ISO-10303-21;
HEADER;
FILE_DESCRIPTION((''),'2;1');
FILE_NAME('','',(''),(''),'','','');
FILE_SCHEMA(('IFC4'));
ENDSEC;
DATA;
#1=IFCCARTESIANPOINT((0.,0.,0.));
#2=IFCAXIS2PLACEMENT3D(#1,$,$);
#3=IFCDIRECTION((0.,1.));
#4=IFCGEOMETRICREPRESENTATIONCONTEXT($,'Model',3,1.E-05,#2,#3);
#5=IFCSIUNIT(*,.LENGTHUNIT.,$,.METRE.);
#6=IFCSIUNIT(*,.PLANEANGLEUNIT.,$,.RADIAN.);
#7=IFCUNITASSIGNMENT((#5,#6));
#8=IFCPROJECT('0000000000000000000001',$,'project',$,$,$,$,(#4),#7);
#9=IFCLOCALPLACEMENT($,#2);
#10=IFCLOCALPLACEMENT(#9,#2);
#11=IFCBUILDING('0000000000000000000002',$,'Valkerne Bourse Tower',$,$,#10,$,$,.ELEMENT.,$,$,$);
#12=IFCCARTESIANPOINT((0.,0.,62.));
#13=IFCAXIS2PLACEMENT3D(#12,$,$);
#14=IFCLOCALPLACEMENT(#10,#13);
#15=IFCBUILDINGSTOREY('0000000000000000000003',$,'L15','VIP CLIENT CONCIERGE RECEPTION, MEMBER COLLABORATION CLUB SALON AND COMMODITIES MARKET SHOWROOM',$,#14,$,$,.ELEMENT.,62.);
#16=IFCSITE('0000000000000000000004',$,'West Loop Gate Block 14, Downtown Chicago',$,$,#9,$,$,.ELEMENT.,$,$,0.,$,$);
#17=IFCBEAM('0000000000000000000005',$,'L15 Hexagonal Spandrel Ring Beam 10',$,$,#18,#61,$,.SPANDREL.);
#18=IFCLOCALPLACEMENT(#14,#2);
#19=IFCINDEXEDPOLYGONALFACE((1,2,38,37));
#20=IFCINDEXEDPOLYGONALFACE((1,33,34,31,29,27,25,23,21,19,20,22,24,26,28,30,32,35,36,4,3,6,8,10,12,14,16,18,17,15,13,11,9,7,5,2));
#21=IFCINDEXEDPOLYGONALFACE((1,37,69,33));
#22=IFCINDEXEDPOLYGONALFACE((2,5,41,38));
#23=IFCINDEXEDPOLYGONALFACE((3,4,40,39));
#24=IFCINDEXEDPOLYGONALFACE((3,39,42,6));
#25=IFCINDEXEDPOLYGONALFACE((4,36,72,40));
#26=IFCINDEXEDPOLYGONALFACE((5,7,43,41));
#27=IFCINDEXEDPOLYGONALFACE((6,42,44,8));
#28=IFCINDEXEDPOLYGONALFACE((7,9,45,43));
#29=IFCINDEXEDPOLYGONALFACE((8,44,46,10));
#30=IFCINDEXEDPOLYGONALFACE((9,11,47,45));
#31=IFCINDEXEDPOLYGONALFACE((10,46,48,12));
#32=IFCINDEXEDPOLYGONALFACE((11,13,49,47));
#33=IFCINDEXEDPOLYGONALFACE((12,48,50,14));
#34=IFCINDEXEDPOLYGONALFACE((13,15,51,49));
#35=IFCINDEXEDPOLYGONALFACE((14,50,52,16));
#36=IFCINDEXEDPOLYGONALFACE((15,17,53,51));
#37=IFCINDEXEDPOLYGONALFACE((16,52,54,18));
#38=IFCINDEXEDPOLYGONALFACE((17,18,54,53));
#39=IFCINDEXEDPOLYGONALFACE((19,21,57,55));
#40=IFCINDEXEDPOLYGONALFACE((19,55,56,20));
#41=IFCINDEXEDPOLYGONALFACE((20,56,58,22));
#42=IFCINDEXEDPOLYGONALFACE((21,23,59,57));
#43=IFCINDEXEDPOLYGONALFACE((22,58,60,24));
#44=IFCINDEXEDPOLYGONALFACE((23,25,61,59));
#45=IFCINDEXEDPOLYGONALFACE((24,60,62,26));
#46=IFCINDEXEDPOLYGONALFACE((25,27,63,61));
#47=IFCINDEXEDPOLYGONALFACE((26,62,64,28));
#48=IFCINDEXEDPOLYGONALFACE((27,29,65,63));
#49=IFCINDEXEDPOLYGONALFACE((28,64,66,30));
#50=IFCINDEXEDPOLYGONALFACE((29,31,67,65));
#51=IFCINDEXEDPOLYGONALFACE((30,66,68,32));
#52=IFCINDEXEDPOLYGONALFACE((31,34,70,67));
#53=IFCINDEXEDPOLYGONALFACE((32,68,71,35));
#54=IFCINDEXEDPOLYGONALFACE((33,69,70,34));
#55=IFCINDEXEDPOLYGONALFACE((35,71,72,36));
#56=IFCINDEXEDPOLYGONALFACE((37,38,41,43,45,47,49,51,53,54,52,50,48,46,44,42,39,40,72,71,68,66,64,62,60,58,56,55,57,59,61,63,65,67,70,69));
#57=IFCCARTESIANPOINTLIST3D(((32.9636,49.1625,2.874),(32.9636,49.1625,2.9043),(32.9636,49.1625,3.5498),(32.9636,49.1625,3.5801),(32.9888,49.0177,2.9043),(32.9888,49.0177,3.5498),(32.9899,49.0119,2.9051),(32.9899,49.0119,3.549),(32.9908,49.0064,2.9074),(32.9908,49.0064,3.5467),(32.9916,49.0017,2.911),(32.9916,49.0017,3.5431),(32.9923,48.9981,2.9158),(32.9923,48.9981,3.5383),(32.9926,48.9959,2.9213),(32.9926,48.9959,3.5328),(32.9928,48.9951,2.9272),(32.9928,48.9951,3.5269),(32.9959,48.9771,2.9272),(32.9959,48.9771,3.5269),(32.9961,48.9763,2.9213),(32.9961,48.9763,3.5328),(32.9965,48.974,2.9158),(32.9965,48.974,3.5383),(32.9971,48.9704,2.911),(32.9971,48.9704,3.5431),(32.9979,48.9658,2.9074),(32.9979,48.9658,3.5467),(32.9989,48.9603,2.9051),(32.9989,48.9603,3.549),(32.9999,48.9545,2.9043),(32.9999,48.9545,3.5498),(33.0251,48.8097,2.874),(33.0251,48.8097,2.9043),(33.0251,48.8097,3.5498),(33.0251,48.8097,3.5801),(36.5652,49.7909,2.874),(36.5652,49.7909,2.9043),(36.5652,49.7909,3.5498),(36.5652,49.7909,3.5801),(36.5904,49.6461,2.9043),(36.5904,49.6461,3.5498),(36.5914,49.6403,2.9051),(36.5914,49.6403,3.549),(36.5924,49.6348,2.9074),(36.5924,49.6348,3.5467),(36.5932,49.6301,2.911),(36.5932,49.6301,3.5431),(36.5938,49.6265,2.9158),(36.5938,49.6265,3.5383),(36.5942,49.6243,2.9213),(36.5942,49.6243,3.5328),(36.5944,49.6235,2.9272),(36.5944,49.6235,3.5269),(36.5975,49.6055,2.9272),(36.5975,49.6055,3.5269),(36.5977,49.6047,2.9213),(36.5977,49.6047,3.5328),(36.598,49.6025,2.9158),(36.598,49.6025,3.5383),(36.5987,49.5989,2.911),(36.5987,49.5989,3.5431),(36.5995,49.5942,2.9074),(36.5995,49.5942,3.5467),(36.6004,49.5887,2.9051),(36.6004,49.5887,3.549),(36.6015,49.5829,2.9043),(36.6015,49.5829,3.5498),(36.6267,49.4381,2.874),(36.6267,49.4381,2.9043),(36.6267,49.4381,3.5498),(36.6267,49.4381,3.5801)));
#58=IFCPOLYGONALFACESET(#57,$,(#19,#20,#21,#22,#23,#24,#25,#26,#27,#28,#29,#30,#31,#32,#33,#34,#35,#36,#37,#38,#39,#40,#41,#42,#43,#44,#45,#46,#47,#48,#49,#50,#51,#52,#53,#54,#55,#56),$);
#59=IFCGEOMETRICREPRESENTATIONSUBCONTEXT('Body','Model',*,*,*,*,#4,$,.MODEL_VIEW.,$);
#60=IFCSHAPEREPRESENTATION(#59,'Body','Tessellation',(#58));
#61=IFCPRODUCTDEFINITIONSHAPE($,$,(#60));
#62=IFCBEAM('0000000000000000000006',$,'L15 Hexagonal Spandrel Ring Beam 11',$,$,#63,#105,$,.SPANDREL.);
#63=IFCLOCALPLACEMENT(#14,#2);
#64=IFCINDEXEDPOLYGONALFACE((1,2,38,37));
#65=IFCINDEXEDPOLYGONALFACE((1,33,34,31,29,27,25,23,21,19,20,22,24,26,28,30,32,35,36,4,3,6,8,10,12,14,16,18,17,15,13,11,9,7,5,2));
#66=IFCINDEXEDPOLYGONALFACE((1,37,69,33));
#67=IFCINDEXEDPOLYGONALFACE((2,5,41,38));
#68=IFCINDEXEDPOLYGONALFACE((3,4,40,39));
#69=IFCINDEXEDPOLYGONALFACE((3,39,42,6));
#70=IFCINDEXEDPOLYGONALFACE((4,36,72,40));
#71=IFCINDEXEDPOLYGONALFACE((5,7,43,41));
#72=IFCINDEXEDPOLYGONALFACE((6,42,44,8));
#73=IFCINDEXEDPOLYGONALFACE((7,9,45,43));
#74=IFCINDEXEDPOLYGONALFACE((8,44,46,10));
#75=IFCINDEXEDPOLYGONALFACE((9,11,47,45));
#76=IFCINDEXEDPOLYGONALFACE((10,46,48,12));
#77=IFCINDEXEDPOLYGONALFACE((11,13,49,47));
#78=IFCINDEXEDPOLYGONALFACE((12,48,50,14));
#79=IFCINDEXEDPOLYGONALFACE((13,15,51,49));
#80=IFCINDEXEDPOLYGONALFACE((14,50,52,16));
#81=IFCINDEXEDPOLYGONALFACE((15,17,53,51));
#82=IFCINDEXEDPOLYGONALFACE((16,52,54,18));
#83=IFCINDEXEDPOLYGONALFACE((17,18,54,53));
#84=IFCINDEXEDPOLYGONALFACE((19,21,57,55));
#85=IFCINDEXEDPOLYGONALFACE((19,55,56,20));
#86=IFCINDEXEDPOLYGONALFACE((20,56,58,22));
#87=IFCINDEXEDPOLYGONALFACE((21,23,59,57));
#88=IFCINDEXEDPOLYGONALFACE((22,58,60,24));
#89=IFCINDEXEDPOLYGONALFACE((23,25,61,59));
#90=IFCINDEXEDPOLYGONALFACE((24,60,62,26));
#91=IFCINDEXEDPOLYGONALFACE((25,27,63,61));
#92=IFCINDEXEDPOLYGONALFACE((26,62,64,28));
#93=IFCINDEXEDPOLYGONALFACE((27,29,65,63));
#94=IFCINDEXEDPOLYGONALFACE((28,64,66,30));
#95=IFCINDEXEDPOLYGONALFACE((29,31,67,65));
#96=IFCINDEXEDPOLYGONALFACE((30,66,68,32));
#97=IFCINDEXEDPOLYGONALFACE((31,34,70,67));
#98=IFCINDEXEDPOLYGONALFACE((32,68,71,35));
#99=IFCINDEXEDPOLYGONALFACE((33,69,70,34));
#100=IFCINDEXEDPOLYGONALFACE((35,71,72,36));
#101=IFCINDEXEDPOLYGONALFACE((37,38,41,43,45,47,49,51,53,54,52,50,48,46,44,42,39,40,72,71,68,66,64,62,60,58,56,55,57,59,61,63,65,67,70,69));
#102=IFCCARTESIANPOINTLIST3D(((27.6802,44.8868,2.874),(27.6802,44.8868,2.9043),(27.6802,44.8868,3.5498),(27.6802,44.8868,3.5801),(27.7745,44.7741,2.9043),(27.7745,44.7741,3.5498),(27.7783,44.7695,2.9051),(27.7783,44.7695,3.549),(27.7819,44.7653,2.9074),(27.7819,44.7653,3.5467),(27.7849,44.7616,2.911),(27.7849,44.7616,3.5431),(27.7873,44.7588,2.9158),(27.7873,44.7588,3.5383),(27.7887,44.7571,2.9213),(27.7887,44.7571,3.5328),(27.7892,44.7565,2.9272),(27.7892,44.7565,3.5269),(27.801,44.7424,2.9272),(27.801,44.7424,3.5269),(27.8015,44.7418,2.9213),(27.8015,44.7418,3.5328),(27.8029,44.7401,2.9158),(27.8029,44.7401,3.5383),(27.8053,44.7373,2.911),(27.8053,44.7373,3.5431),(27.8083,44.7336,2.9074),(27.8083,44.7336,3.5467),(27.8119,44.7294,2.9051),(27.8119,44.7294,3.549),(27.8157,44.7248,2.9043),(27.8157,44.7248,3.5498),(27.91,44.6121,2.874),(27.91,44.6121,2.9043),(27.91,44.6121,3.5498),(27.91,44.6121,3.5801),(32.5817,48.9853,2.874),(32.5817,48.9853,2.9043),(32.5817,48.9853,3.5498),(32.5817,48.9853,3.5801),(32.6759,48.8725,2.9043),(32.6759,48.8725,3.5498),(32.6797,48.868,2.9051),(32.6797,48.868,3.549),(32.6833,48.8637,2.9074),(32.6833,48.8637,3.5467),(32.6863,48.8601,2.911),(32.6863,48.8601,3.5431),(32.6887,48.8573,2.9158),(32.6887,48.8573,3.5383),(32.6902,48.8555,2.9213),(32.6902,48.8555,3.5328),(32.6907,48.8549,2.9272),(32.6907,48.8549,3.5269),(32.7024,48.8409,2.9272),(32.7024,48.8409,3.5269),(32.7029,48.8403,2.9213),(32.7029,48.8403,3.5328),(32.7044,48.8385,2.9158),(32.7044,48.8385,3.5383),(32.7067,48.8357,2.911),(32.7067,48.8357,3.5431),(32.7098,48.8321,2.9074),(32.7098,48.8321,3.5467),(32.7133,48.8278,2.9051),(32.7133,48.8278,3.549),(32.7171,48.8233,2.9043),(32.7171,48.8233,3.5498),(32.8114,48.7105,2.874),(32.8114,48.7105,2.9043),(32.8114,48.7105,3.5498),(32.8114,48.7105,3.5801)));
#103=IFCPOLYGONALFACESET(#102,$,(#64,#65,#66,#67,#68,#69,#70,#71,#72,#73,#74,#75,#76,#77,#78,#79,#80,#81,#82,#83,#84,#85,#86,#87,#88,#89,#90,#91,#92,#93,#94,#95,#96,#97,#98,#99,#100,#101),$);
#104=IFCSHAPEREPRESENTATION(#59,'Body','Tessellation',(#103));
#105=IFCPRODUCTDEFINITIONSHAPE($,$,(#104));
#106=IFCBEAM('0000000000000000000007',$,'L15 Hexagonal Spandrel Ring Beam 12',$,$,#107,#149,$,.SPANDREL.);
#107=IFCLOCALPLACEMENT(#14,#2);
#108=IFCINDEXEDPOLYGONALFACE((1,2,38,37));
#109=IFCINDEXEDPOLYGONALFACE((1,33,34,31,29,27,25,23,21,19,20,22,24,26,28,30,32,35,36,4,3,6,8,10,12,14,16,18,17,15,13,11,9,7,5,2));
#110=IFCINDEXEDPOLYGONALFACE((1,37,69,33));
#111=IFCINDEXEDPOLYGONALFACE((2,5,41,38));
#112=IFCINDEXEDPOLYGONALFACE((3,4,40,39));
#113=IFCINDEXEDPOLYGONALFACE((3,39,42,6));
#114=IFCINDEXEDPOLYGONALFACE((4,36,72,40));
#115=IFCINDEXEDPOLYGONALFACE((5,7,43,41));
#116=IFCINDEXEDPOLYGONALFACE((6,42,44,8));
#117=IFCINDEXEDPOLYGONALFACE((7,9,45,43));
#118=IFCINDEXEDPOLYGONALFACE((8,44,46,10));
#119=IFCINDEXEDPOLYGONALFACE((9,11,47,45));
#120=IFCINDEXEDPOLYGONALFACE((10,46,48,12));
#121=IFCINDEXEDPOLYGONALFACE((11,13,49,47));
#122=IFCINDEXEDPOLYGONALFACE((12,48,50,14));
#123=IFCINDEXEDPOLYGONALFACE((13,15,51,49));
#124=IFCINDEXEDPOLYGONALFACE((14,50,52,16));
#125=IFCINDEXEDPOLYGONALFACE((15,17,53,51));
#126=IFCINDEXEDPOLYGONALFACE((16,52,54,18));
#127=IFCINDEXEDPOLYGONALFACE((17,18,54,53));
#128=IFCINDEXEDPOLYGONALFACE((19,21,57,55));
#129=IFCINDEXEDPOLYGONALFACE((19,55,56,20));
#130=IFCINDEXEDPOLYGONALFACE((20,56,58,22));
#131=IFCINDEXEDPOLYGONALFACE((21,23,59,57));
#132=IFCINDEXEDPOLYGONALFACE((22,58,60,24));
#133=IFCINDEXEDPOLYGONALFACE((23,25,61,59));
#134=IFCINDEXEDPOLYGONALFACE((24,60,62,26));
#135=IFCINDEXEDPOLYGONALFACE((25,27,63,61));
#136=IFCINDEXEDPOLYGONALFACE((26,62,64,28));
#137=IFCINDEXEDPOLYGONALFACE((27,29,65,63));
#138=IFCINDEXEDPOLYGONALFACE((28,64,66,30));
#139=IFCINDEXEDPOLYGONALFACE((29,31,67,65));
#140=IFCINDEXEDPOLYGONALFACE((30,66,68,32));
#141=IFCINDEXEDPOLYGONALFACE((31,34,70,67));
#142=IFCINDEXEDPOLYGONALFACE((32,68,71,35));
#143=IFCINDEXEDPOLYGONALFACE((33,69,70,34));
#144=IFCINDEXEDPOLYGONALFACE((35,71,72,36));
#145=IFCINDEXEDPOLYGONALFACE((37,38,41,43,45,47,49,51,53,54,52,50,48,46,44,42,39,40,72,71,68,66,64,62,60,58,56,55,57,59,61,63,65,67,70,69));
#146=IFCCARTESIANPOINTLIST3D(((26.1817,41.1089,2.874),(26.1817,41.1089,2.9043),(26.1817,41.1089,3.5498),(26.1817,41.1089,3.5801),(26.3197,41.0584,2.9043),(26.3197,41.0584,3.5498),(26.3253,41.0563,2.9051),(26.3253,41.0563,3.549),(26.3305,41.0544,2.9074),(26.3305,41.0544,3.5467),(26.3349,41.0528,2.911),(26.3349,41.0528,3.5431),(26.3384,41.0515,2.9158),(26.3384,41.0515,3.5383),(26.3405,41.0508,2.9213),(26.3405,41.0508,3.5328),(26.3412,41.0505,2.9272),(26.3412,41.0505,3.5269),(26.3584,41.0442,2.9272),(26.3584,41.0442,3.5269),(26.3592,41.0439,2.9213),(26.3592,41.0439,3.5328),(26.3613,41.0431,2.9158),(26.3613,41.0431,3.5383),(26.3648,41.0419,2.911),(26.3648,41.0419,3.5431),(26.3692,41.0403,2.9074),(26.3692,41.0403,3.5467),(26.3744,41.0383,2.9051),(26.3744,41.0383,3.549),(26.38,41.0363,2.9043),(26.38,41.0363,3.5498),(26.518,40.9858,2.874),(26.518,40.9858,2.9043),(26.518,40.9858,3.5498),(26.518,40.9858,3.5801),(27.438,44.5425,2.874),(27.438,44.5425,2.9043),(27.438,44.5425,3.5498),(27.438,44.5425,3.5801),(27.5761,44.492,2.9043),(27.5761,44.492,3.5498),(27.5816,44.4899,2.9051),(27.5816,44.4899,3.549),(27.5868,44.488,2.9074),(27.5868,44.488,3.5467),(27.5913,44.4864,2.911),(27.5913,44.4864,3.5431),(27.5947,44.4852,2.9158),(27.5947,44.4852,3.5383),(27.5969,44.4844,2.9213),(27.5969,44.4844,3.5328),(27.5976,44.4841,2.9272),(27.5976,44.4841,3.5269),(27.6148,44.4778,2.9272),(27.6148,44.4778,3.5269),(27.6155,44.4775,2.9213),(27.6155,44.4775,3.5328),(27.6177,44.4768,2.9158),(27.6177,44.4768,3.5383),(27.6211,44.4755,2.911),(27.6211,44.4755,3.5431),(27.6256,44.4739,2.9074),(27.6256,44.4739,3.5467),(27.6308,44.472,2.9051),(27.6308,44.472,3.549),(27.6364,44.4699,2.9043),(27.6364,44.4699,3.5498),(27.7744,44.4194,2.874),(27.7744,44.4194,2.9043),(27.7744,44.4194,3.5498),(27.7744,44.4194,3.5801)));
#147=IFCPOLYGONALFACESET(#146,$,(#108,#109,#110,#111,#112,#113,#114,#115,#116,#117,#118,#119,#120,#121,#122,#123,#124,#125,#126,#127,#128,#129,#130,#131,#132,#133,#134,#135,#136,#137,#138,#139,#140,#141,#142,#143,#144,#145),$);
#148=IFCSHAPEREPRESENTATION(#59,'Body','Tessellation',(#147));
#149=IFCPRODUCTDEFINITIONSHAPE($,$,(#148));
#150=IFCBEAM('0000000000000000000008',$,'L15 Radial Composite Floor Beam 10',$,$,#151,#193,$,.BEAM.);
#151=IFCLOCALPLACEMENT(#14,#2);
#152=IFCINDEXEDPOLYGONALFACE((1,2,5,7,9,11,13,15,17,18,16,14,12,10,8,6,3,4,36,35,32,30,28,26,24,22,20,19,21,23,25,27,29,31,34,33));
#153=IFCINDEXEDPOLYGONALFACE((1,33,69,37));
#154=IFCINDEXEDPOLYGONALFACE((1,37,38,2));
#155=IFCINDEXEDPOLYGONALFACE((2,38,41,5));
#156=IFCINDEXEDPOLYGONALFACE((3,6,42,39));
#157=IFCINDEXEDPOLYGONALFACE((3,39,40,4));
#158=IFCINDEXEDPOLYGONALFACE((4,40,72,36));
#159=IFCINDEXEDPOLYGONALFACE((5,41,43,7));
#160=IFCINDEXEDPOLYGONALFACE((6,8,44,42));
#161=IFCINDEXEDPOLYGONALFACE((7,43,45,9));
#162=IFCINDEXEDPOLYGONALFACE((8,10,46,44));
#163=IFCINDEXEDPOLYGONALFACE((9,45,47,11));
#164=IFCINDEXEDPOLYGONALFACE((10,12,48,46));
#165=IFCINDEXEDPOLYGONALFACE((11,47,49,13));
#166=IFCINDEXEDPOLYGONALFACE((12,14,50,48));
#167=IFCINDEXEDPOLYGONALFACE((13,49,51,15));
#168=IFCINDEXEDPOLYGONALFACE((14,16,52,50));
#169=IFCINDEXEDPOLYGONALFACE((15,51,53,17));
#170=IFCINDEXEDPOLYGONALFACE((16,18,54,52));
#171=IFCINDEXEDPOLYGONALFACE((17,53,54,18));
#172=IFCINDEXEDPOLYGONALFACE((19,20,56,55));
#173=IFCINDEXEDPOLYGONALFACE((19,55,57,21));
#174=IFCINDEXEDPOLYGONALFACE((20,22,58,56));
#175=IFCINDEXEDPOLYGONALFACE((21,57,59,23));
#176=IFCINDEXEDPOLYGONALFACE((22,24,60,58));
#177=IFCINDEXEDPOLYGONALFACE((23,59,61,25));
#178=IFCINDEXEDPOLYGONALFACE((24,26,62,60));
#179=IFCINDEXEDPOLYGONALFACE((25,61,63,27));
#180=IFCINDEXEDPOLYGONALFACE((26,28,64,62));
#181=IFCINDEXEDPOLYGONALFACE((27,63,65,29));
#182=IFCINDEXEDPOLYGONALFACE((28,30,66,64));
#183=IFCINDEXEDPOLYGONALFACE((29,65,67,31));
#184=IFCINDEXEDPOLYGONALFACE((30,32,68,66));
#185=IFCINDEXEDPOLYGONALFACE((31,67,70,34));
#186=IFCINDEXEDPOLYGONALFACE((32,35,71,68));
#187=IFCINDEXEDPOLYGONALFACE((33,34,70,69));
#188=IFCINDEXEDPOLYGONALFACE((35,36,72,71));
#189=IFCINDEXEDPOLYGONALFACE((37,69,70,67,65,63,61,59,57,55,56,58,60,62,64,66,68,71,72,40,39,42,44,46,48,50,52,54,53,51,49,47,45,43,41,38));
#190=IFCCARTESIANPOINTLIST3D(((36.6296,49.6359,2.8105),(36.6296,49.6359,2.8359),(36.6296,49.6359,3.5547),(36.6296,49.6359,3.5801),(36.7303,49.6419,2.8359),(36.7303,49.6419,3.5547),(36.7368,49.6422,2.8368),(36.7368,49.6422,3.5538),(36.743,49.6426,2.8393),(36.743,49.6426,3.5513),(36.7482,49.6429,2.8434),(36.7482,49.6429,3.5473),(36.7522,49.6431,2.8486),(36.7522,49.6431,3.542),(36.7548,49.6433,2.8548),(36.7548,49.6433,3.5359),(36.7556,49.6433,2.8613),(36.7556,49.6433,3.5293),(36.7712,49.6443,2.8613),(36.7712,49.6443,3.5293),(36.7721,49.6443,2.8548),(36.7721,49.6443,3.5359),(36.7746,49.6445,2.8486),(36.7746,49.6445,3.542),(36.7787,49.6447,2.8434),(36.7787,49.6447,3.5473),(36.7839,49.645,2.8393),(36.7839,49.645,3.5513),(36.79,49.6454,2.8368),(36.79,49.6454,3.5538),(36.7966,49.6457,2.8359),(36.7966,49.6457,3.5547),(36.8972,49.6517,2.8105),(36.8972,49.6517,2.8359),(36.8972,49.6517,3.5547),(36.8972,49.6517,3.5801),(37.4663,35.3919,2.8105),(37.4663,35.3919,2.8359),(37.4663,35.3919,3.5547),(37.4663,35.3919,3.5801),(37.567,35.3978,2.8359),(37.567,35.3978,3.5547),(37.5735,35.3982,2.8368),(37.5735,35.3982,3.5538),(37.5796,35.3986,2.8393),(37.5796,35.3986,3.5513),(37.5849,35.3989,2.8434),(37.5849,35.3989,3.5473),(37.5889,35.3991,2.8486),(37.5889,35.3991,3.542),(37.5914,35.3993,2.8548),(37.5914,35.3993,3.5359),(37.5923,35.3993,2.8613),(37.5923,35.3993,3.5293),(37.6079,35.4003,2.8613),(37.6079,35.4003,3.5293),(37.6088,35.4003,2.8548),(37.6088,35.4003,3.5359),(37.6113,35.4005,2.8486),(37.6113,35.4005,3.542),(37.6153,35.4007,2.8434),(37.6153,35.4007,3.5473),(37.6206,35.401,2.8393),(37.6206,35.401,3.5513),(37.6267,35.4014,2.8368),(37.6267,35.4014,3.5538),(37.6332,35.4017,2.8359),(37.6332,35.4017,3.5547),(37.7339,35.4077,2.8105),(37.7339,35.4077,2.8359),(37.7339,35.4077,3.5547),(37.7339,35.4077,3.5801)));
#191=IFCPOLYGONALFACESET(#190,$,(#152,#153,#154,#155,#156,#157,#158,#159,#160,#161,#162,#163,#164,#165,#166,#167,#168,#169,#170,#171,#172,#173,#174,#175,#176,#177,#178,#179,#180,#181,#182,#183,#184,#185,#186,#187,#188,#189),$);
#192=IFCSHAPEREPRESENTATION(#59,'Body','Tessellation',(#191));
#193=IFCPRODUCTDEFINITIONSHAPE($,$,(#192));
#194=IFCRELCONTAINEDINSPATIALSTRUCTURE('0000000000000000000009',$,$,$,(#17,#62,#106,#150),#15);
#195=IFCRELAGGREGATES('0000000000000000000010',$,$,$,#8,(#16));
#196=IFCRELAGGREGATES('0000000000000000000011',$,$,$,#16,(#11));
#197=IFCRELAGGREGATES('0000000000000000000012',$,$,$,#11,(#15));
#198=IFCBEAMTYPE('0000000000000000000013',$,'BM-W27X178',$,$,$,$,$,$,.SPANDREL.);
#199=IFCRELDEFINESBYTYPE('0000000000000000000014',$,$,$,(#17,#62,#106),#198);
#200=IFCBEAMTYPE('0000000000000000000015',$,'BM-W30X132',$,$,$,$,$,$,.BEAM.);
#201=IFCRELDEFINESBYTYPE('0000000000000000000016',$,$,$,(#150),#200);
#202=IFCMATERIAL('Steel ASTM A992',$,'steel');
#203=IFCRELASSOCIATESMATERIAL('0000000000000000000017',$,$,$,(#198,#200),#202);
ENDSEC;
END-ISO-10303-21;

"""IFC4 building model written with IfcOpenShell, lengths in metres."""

from ifc_helpers import new_model, si_unit, direction, frame, origin, origin_2d, place, context, subcontext, project, spatial, i_section, extrude, material, material_profile, profile_set, type_object, element, save


model = new_model("IFC4")

# Units and contexts
model_context = context("Model", 3, precision=1e-05, world=origin(), true_north=direction((0.0, 1.0)))
body_context = subcontext(model_context, "Body", "Model", "MODEL_VIEW")
ifc_project = project(units=[si_unit("LENGTHUNIT", "METRE"), si_unit("PLANEANGLEUNIT", "RADIAN")], contexts=[model_context])

# Site, building, storey
site_placement = place(None, origin())
site = spatial("IfcSite", under=ifc_project, at=site_placement, Name="West Loop Gate Block 14, Downtown Chicago", CompositionType="ELEMENT", RefElevation=0.0)
building_placement = place(site_placement, origin())
building = spatial("IfcBuilding", under=site, at=building_placement, Name="Valkerne Bourse Tower", CompositionType="ELEMENT")
storey_placement = place(building_placement, frame((0.0, 0.0, 62.0)))
storey = spatial("IfcBuildingStorey", under=building, at=storey_placement, Name="L15", Description="VIP CLIENT CONCIERGE RECEPTION, MEMBER COLLABORATION CLUB SALON AND COMMODITIES MARKET SHOWROOM", CompositionType="ELEMENT", Elevation=62.0)

# Beams
ifc_material_1 = material(Name="Steel ASTM A992", Category="steel")
ifc_material_profile_1 = material_profile(ifc_material_1, i_section(OverallWidth=0.3582, OverallDepth=0.7061, WebThickness=0.0183, FlangeThickness=0.0303, FilletRadius=0.0229, at=origin_2d()), Name="W27X178")
ifc_profile_set_1 = profile_set([ifc_material_profile_1], Name="Steel ASTM A992")
beam_type_1 = type_object("IfcBeamType", Name="BM-W27X178", PredefinedType="SPANDREL", material=ifc_profile_set_1)
beam_1_placement = place(storey_placement, frame((36.5959, 49.6145, 3.2271), z_axis=(-0.985117, -0.171888, 0.0), x_axis=(0.171888, -0.985117, 0.0)))
element("IfcBeam", 1, at=beam_1_placement, inside=storey, type_object=beam_type_1, Name="L15 Hexagonal Spandrel Ring Beam 10", PredefinedType="SPANDREL", context=body_context, shape_type="SweptSolid", body=[
    extrude(i_section(OverallWidth=0.3582, OverallDepth=0.7061, WebThickness=0.0183, FlangeThickness=0.0303, FilletRadius=0.0229, at=origin_2d()), origin(), (0.0, 0.0, 1.0), 3.656),
])
beam_2_placement = place(storey_placement, frame((32.6965, 48.8479, 3.2271), z_axis=(-0.767149, -0.641469, 0.0), x_axis=(0.641469, -0.767149, 0.0)))
element("IfcBeam", 2, at=beam_2_placement, inside=storey, type_object=beam_type_1, Name="L15 Hexagonal Spandrel Ring Beam 11", PredefinedType="SPANDREL", context=body_context, shape_type="SweptSolid", body=[
    extrude(i_section(OverallWidth=0.3582, OverallDepth=0.7061, WebThickness=0.0183, FlangeThickness=0.0303, FilletRadius=0.0229, at=origin_2d()), origin(), (0.0, 0.0, 1.0), 6.3892),
])
beam_3_placement = place(storey_placement, frame((27.6062, 44.481, 3.2271), z_axis=(-0.343619, -0.939109, 0.0), x_axis=(0.939109, -0.343619, 0.0)))
element("IfcBeam", 3, at=beam_3_placement, inside=storey, type_object=beam_type_1, Name="L15 Hexagonal Spandrel Ring Beam 12", PredefinedType="SPANDREL", context=body_context, shape_type="SweptSolid", body=[
    extrude(i_section(OverallWidth=0.3582, OverallDepth=0.7061, WebThickness=0.0183, FlangeThickness=0.0303, FilletRadius=0.0229, at=origin_2d()), origin(), (0.0, 0.0, 1.0), 3.6562),
])
ifc_material_profile_2 = material_profile(ifc_material_1, i_section(OverallWidth=0.2681, OverallDepth=0.7695, WebThickness=0.0156, FlangeThickness=0.0254, FilletRadius=0.0254, at=origin_2d()), Name="W30X132")
ifc_profile_set_2 = profile_set([ifc_material_profile_2], Name="Steel ASTM A992")
beam_type_2 = type_object("IfcBeamType", Name="BM-W30X132", PredefinedType="BEAM", material=ifc_profile_set_2)
beam_4_placement = place(storey_placement, frame((36.7634, 49.6438, 3.1953), z_axis=(0.058638, -0.998279, 0.0), x_axis=(0.998279, 0.058638, 0.0)))
element("IfcBeam", 4, at=beam_4_placement, inside=storey, type_object=beam_type_2, Name="L15 Radial Composite Floor Beam 10", PredefinedType="BEAM", context=body_context, shape_type="SweptSolid", body=[
    extrude(i_section(OverallWidth=0.2681, OverallDepth=0.7695, WebThickness=0.0156, FlangeThickness=0.0254, FilletRadius=0.0254, at=origin_2d()), origin(), (0.0, 0.0, 1.0), 14.2686),
])

save(model, "model.ifc")
